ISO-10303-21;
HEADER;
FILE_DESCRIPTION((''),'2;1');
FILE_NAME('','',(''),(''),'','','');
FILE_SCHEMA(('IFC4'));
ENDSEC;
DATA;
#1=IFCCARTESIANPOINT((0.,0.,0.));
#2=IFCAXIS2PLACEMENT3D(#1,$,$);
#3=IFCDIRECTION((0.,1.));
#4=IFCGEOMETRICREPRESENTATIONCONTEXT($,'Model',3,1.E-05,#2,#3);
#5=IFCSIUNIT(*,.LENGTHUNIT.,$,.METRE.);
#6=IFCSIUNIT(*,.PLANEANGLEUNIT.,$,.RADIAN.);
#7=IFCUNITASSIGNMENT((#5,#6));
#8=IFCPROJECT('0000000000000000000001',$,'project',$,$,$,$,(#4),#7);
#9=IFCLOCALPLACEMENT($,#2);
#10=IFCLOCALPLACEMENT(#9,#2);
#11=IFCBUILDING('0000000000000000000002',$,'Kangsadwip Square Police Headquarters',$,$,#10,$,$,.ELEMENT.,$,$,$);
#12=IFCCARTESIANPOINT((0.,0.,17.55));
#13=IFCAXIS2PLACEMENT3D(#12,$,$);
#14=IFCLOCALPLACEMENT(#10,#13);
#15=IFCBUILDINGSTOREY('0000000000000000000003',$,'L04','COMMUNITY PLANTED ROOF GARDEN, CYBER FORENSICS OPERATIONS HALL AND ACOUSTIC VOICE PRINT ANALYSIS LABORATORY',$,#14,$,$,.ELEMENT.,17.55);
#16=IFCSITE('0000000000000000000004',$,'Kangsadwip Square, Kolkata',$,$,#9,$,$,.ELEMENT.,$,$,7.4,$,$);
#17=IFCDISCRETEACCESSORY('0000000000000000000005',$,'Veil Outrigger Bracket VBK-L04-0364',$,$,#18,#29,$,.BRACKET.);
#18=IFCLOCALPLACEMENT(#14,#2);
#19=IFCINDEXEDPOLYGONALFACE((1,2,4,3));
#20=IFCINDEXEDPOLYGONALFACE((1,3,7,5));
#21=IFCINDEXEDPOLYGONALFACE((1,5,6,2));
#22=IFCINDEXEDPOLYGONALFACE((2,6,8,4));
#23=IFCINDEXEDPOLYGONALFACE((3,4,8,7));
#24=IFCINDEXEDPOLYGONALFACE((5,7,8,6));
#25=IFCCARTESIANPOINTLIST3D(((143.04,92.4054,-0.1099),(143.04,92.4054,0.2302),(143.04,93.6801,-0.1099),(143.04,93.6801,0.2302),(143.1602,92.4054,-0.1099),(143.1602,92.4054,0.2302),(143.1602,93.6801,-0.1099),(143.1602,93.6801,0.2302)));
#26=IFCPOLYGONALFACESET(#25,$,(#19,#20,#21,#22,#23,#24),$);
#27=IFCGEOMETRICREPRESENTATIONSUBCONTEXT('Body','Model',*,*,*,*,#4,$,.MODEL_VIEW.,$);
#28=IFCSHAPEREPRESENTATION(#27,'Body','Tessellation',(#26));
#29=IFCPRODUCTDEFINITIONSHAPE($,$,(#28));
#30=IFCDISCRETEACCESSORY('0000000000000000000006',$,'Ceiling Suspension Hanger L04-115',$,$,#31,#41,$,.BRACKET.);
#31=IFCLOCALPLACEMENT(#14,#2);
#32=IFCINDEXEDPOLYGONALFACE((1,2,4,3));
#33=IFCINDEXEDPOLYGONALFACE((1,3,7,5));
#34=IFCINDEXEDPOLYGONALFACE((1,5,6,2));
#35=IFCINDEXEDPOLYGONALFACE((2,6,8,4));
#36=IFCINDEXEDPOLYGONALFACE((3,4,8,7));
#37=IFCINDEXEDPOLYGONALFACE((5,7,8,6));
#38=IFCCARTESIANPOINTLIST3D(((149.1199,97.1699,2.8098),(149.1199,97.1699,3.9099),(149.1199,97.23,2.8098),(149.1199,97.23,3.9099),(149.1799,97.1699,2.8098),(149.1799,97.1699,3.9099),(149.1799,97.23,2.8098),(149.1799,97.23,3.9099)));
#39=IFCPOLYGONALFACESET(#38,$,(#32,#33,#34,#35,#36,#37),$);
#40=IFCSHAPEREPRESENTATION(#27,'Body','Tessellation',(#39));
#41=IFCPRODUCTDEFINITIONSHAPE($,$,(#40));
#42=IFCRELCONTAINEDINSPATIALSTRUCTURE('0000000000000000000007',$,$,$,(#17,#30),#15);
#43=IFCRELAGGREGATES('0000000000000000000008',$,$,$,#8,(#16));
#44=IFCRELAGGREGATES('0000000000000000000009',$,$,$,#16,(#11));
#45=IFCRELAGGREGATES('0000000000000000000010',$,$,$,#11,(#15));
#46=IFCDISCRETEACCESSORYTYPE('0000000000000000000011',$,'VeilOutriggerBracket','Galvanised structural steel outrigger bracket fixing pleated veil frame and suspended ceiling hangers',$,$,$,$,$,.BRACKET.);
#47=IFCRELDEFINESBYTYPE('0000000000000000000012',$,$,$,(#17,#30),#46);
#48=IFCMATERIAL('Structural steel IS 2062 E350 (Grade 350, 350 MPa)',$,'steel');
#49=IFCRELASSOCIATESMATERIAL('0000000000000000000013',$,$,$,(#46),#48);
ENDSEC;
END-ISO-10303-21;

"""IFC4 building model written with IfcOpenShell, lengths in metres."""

from ifc_helpers import new_model, si_unit, direction, frame, origin, origin_2d, place, context, subcontext, project, spatial, rectangle, extrude, material, type_object, element, save


model = new_model("IFC4")

# Units and contexts
model_context = context("Model", 3, precision=1e-05, world=origin(), true_north=direction((0.0, 1.0)))
body_context = subcontext(model_context, "Body", "Model", "MODEL_VIEW")
ifc_project = project(units=[si_unit("LENGTHUNIT", "METRE"), si_unit("PLANEANGLEUNIT", "RADIAN")], contexts=[model_context])

# Site, building, storey
site_placement = place(None, origin())
site = spatial("IfcSite", under=ifc_project, at=site_placement, Name="Kangsadwip Square, Kolkata", CompositionType="ELEMENT", RefElevation=7.4)
building_placement = place(site_placement, origin())
building = spatial("IfcBuilding", under=site, at=building_placement, Name="Kangsadwip Square Police Headquarters", CompositionType="ELEMENT")
storey_placement = place(building_placement, frame((0.0, 0.0, 17.55)))
storey = spatial("IfcBuildingStorey", under=building, at=storey_placement, Name="L04", Description="COMMUNITY PLANTED ROOF GARDEN, CYBER FORENSICS OPERATIONS HALL AND ACOUSTIC VOICE PRINT ANALYSIS LABORATORY", CompositionType="ELEMENT", Elevation=17.55)

# Discrete accessories
ifc_material_1 = material(Name="Structural steel IS 2062 E350 (Grade 350, 350 MPa)", Category="steel")
discrete_accessory_type = type_object("IfcDiscreteAccessoryType", Name="VeilOutriggerBracket", Description="Galvanised structural steel outrigger bracket fixing pleated veil frame and suspended ceiling hangers", PredefinedType="BRACKET", material=ifc_material_1)
discrete_accessory_1_placement = place(storey_placement, frame((143.1001, 93.0427, -0.1099), z_axis=(0.0, 0.0, 1.0), x_axis=(1.0, 0.0, 0.0)))
element("IfcDiscreteAccessory", 1, at=discrete_accessory_1_placement, inside=storey, type_object=discrete_accessory_type, Name="Veil Outrigger Bracket VBK-L04-0364", PredefinedType="BRACKET", context=body_context, shape_type="SweptSolid", body=[
    extrude(rectangle(XDim=0.1201, YDim=1.2747, at=origin_2d()), origin(), (0.0, 0.0, 1.0), 0.3401),
])
discrete_accessory_2_placement = place(storey_placement, frame((149.1499, 97.2, 2.8098), z_axis=(0.0, 0.0, 1.0), x_axis=(1.0, 0.0, 0.0)))
element("IfcDiscreteAccessory", 2, at=discrete_accessory_2_placement, inside=storey, type_object=discrete_accessory_type, Name="Ceiling Suspension Hanger L04-115", PredefinedType="BRACKET", context=body_context, shape_type="SweptSolid", body=[
    extrude(rectangle(XDim=0.0601, YDim=0.0601, at=origin_2d()), origin(), (0.0, 0.0, 1.0), 1.1001),
])

save(model, "model.ifc")
